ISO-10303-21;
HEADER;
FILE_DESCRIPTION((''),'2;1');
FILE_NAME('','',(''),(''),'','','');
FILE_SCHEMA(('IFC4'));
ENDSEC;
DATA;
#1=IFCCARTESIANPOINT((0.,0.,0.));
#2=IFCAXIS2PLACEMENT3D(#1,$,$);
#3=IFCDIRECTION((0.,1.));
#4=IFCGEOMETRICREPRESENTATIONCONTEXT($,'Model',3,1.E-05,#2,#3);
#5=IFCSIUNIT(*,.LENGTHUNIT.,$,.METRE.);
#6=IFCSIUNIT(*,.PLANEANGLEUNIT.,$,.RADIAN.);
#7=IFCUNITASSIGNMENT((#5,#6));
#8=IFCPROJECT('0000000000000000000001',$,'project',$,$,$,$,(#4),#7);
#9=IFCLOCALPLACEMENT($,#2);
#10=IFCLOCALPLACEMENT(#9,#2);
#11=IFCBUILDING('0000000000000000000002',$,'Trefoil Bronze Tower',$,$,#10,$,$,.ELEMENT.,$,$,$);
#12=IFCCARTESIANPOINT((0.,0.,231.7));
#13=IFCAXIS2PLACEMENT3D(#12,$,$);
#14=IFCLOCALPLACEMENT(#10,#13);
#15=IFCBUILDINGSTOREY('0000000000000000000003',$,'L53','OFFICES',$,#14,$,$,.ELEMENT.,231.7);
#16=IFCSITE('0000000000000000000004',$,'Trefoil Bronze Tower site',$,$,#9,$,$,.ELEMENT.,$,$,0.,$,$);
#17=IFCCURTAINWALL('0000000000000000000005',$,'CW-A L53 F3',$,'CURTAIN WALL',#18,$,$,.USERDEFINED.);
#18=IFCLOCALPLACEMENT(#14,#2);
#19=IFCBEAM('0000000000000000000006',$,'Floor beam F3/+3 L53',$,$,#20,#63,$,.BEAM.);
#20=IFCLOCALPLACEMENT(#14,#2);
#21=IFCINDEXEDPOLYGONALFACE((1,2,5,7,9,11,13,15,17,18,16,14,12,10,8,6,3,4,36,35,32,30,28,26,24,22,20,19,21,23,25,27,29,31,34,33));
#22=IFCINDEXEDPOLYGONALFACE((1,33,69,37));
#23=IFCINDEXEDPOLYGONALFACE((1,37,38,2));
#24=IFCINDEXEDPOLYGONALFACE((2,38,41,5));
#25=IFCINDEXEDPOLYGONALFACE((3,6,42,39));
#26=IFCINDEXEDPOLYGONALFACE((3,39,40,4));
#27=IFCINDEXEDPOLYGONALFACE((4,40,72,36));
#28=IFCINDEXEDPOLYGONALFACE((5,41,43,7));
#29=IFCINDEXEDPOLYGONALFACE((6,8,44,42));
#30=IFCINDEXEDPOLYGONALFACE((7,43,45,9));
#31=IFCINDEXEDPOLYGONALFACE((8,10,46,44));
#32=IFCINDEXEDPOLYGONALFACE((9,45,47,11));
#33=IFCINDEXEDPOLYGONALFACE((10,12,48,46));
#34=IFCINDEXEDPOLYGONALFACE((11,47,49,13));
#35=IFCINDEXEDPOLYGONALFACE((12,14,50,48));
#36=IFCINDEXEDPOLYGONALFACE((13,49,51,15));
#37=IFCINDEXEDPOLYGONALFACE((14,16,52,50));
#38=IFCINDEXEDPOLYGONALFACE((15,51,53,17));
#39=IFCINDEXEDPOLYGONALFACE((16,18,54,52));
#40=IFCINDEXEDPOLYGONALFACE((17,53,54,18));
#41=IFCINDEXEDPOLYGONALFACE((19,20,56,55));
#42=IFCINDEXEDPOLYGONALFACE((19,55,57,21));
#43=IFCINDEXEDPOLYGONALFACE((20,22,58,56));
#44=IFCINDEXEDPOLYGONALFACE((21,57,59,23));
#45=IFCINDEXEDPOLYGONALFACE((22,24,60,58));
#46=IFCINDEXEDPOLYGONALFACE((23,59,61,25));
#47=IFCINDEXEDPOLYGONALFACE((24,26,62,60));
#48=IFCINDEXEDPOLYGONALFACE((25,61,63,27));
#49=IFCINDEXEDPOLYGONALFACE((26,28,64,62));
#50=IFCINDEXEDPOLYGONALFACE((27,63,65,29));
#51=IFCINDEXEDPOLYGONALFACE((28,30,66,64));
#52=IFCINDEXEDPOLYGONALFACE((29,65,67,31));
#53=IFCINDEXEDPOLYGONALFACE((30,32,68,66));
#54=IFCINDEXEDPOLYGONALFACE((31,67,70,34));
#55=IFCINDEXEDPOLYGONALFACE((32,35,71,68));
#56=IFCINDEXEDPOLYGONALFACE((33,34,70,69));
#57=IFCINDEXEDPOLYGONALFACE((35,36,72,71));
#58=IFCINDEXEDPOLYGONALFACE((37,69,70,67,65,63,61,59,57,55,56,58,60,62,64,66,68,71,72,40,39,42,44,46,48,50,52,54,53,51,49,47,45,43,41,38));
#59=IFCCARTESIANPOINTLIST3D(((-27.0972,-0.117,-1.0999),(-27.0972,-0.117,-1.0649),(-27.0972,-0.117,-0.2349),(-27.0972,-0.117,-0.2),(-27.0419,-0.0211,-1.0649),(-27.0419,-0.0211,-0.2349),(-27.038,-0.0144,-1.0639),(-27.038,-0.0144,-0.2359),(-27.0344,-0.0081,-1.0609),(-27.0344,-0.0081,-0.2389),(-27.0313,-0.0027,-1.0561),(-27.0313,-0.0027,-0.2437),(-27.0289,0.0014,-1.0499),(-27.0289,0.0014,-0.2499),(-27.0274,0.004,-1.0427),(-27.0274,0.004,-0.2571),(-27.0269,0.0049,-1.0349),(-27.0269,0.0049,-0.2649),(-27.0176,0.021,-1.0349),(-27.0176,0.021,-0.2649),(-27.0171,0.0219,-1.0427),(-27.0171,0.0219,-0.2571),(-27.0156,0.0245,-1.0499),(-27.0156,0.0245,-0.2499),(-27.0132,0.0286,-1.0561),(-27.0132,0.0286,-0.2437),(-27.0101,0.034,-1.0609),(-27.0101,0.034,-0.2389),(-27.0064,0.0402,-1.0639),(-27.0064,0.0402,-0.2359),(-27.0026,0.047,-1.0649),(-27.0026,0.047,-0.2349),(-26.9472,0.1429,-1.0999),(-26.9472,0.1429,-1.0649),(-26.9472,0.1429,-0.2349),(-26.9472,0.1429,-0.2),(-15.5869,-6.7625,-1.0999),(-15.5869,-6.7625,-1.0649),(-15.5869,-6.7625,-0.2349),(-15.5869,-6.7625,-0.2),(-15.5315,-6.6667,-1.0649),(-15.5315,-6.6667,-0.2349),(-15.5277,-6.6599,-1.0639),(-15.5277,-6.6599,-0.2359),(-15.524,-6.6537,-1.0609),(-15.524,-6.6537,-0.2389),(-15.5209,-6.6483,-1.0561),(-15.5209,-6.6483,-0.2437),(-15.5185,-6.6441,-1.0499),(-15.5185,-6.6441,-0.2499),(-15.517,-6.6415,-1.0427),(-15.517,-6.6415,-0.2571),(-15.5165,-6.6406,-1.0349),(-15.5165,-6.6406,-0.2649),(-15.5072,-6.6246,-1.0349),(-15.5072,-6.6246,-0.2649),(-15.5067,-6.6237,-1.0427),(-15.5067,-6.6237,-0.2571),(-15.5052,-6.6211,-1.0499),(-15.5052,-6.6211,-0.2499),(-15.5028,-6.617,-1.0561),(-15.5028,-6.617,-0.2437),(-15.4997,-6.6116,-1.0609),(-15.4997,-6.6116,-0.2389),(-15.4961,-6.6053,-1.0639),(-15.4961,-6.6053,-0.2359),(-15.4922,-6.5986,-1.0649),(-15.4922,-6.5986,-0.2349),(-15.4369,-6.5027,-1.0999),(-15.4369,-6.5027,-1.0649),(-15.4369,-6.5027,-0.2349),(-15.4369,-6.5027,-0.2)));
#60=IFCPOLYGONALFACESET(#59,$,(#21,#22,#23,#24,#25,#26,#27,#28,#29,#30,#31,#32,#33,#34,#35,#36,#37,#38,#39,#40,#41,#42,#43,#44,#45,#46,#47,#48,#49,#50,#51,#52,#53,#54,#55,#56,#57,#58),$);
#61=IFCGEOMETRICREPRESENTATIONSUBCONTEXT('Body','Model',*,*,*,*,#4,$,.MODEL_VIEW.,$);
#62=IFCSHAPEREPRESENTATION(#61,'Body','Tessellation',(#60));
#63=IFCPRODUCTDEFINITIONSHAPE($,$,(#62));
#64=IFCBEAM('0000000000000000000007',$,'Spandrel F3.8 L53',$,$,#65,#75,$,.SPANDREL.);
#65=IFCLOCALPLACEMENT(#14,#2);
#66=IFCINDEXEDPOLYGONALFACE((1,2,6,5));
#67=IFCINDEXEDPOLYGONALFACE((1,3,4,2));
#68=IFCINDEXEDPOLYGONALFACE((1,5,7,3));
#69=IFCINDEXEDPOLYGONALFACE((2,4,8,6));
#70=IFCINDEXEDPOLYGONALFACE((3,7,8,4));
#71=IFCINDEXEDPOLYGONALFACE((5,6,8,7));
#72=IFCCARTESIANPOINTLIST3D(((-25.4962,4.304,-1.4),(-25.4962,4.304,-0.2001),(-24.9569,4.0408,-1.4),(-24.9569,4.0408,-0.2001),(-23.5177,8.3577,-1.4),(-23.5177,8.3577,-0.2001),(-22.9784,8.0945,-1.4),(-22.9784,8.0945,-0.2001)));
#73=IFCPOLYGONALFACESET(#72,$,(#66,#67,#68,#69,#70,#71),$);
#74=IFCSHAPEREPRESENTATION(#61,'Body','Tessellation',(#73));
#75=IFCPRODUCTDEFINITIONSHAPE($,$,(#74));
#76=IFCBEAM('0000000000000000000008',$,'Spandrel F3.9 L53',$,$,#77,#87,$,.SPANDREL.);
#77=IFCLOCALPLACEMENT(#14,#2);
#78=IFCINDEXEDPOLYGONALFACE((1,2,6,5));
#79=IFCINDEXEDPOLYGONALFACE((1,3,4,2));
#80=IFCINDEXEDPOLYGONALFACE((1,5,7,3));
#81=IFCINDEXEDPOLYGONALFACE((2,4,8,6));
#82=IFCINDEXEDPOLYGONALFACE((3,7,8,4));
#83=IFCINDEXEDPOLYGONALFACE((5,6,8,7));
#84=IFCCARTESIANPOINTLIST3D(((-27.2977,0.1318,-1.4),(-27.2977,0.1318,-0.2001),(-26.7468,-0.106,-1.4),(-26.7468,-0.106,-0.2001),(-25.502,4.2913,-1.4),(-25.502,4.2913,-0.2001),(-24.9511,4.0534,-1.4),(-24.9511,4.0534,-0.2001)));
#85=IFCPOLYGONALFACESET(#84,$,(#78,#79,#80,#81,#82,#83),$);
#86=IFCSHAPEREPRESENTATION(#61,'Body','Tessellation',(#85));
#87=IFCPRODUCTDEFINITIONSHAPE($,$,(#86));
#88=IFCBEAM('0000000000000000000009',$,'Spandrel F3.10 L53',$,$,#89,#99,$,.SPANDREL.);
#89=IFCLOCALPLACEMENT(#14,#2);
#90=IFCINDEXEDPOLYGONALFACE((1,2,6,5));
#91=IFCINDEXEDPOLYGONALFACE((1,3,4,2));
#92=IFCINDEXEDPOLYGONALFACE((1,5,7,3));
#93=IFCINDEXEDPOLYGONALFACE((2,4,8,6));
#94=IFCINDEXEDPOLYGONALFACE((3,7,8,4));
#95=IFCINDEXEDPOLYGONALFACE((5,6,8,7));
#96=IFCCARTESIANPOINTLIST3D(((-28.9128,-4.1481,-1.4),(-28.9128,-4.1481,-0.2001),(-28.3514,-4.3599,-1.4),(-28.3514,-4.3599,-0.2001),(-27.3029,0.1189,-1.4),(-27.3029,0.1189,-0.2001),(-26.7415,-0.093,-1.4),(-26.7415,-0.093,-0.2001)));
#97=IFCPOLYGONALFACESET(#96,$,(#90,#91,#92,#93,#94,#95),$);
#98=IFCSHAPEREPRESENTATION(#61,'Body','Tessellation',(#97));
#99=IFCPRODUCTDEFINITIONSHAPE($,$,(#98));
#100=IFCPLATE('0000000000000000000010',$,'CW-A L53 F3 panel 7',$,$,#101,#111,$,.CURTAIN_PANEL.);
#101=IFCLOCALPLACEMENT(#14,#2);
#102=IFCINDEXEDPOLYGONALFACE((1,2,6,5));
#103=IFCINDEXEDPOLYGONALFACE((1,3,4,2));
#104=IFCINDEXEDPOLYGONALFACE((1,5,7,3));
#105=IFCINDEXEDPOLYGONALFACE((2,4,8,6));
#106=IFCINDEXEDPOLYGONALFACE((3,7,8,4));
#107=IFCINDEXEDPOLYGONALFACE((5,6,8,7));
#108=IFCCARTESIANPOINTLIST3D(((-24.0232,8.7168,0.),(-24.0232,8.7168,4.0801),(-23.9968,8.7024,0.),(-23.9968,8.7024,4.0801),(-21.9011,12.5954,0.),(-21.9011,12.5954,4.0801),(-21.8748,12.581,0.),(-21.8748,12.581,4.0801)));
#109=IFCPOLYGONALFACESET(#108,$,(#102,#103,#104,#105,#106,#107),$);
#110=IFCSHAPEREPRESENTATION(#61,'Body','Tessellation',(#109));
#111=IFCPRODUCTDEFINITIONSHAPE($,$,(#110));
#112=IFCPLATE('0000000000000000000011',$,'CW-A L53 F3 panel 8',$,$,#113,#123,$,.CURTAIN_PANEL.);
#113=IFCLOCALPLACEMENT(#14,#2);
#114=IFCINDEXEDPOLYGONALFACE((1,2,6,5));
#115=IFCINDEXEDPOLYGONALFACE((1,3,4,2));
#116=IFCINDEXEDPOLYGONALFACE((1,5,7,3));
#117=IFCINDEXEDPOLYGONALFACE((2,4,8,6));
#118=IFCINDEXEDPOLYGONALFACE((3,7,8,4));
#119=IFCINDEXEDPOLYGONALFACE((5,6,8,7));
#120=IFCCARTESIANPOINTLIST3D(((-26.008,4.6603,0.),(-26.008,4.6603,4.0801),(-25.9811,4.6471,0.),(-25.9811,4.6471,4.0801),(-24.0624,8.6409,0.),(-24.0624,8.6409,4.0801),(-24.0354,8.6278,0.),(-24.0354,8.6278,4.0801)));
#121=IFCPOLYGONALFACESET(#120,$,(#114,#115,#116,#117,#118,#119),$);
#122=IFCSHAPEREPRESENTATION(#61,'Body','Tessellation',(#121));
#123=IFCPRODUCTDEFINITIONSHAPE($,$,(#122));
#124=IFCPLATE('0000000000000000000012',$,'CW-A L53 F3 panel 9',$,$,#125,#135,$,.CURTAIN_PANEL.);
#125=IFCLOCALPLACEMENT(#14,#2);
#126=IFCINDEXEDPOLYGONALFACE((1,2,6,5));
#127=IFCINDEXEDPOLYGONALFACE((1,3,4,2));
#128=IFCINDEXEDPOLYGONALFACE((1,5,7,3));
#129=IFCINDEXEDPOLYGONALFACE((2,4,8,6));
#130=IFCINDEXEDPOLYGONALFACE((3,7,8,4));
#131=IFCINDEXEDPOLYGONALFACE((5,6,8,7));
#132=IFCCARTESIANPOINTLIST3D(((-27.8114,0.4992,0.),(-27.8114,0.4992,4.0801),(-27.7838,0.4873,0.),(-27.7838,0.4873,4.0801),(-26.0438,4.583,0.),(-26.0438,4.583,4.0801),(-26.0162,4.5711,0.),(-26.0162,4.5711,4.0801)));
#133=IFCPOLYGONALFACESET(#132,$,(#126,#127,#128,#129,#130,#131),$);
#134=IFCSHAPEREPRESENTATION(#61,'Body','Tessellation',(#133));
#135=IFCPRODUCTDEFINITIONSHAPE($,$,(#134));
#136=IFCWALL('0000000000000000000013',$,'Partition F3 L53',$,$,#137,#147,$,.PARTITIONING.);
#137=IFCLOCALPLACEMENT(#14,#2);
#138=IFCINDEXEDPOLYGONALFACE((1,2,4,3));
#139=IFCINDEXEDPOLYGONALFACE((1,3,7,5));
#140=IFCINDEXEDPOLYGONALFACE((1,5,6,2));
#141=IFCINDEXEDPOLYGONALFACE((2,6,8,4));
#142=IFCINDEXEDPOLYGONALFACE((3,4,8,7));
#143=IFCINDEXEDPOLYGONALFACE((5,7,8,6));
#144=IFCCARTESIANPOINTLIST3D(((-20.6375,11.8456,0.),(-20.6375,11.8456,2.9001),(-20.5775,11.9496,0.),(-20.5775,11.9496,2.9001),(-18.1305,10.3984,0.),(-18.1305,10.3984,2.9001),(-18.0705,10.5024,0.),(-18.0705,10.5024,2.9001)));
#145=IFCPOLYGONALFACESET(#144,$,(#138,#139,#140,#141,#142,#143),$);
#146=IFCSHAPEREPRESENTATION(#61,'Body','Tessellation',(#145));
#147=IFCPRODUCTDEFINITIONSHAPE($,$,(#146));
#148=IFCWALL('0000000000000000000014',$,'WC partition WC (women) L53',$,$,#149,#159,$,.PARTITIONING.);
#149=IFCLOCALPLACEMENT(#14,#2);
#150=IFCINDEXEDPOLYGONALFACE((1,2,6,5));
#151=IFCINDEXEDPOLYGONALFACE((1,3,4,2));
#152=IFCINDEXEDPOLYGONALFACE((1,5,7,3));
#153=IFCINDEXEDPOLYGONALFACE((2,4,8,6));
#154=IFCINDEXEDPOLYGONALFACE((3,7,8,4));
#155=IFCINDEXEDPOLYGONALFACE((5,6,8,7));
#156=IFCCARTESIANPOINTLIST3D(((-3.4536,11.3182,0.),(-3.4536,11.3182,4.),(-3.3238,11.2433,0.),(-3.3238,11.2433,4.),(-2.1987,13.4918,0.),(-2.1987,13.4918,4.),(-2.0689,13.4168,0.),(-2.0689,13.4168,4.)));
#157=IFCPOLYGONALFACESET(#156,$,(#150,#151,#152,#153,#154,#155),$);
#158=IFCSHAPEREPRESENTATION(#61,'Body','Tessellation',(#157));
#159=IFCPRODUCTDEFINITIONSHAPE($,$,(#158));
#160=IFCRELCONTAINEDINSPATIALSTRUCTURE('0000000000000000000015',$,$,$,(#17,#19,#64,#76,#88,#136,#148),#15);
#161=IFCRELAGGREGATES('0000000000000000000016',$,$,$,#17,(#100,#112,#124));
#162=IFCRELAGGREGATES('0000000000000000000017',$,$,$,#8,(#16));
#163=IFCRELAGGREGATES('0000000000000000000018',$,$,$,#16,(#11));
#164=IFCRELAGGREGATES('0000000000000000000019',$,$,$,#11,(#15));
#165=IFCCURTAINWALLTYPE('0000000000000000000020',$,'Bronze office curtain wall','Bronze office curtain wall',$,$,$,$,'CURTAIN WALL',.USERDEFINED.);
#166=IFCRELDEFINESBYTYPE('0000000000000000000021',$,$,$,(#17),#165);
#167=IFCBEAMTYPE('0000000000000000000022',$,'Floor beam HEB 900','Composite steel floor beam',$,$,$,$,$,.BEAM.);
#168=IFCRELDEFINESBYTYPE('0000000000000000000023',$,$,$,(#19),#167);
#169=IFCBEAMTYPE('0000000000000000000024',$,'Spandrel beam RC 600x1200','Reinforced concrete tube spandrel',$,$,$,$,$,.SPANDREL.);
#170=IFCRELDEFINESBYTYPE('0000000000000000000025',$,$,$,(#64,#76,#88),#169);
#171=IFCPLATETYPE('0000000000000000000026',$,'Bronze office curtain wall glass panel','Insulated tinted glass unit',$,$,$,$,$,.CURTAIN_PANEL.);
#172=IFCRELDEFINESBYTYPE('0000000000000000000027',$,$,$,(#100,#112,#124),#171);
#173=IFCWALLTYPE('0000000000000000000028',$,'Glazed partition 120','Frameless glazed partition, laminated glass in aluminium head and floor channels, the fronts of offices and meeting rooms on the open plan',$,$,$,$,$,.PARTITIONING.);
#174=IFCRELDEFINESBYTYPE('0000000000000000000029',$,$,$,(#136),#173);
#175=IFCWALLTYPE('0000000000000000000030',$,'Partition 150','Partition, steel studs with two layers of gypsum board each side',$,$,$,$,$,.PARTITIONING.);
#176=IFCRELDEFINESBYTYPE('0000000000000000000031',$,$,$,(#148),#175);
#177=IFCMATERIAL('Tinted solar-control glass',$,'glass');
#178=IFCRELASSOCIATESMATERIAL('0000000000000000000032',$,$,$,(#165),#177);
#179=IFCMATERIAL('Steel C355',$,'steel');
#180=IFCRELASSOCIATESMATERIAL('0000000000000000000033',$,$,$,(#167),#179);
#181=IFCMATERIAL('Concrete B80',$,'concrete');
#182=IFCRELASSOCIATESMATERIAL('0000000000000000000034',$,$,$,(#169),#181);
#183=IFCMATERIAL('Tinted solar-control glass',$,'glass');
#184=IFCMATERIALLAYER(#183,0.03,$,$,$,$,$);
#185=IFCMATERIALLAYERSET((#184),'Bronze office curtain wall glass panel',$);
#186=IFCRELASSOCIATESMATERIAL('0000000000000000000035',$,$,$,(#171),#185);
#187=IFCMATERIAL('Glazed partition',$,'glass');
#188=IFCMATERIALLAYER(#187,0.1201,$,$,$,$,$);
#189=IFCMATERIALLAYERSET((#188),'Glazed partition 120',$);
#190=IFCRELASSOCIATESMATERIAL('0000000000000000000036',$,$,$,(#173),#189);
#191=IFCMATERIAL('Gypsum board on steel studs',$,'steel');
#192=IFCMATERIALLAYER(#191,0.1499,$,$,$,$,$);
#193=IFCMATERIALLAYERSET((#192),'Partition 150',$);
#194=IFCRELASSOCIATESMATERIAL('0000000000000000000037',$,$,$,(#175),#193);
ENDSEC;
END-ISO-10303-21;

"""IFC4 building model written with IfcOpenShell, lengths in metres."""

from ifc_helpers import new_model, si_unit, direction, frame, frame_2d, origin, origin_2d, place, context, subcontext, project, spatial, rectangle, i_section, extrude, material, layer, layer_set, material_profile, profile_set, type_object, element, aggregate, save


model = new_model("IFC4")

# Units and contexts
model_context = context("Model", 3, precision=1e-05, world=origin(), true_north=direction((0.0, 1.0)))
body_context = subcontext(model_context, "Body", "Model", "MODEL_VIEW")
ifc_project = project(units=[si_unit("LENGTHUNIT", "METRE"), si_unit("PLANEANGLEUNIT", "RADIAN")], contexts=[model_context])

# Site, building, storey
site_placement = place(None, origin())
site = spatial("IfcSite", under=ifc_project, at=site_placement, Name="Trefoil Bronze Tower site", CompositionType="ELEMENT", RefElevation=0.0)
building_placement = place(site_placement, origin())
building = spatial("IfcBuilding", under=site, at=building_placement, Name="Trefoil Bronze Tower", CompositionType="ELEMENT")
storey_placement = place(building_placement, frame((0.0, 0.0, 231.7)))
storey = spatial("IfcBuildingStorey", under=building, at=storey_placement, Name="L53", Description="OFFICES", CompositionType="ELEMENT", Elevation=231.7)

# Curtain wall
ifc_material_1 = material(Name="Tinted solar-control glass", Category="glass")
curtain_wall_type = type_object("IfcCurtainWallType", Name="Bronze office curtain wall", Description="Bronze office curtain wall", ElementType="CURTAIN WALL", PredefinedType="USERDEFINED", material=ifc_material_1)
curtain_wall_placement = place(storey_placement, origin())
curtain_wall = element("IfcCurtainWall", 1, at=curtain_wall_placement, inside=storey, type_object=curtain_wall_type, Name="CW-A L53 F3", ObjectType="CURTAIN WALL", PredefinedType="USERDEFINED")

# Beams
ifc_material_2 = material(Name="Steel C355", Category="steel")
ifc_material_profile_1 = material_profile(ifc_material_2, i_section(OverallWidth=0.3, OverallDepth=0.8999, WebThickness=0.0186, FlangeThickness=0.0349, FilletRadius=0.03, at=origin_2d()), Name="HEB 900")
ifc_profile_set_1 = profile_set([ifc_material_profile_1], Name="Steel C355")
beam_type_1 = type_object("IfcBeamType", Name="Floor beam HEB 900", Description="Composite steel floor beam", PredefinedType="BEAM", material=ifc_profile_set_1)
beam_1_placement = place(storey_placement, frame((-27.0222, 0.0129, -0.6499), z_axis=(0.866023, -0.500003, 0.0), x_axis=(0.500003, 0.866023, 0.0)))
element("IfcBeam", 2, at=beam_1_placement, inside=storey, type_object=beam_type_1, Name="Floor beam F3/+3 L53", PredefinedType="BEAM", context=body_context, shape_type="SweptSolid", body=[
    extrude(i_section(OverallWidth=0.3, OverallDepth=0.8999, WebThickness=0.0186, FlangeThickness=0.0349, FilletRadius=0.03, at=origin_2d()), origin(), (0.0, 0.0, 1.0), 13.291),
])
ifc_material_3 = material(Name="Concrete B80", Category="concrete")
ifc_material_profile_2 = material_profile(ifc_material_3, rectangle(XDim=0.6001, YDim=1.2, at=origin_2d()), Name="RC 600x1200")
ifc_profile_set_2 = profile_set([ifc_material_profile_2], Name="Concrete B80")
beam_type_2 = type_object("IfcBeamType", Name="Spandrel beam RC 600x1200", Description="Reinforced concrete tube spandrel", PredefinedType="SPANDREL", material=ifc_profile_set_2)
beam_2_placement = place(storey_placement, frame((-23.248, 8.2261, -0.8), z_axis=(-0.43862, -0.898673, 0.0), x_axis=(0.898673, -0.43862, 0.0)))
element("IfcBeam", 3, at=beam_2_placement, inside=storey, type_object=beam_type_2, Name="Spandrel F3.8 L53", PredefinedType="SPANDREL", context=body_context, shape_type="SweptSolid", body=[
    extrude(rectangle(XDim=0.6001, YDim=1.2, at=origin_2d()), origin(), (0.0, 0.0, 1.0), 4.5107),
])
beam_3_placement = place(storey_placement, frame((-25.2266, 4.1724, -0.8), z_axis=(-0.39635, -0.918099, 0.0), x_axis=(0.918099, -0.39635, 0.0)))
element("IfcBeam", 4, at=beam_3_placement, inside=storey, type_object=beam_type_2, Name="Spandrel F3.9 L53", PredefinedType="SPANDREL", context=body_context, shape_type="SweptSolid", body=[
    extrude(rectangle(XDim=0.6001, YDim=1.2, at=origin_2d()), origin(), (0.0, 0.0, 1.0), 4.5305),
])
beam_4_placement = place(storey_placement, frame((-27.0222, 0.0129, -0.8), z_axis=(-0.353006, -0.935621, 0.0), x_axis=(0.935621, -0.353006, 0.0)))
element("IfcBeam", 5, at=beam_4_placement, inside=storey, type_object=beam_type_2, Name="Spandrel F3.10 L53", PredefinedType="SPANDREL", context=body_context, shape_type="SweptSolid", body=[
    extrude(rectangle(XDim=0.6001, YDim=1.2, at=origin_2d()), origin(), (0.0, 0.0, 1.0), 4.5605),
])

# Plates
ifc_material_4 = material(Name="Tinted solar-control glass", Category="glass")
ifc_layer_1 = layer(ifc_material_4, 0.03)
ifc_layer_set_1 = layer_set([ifc_layer_1], Name="Bronze office curtain wall glass panel")
plate_type = type_object("IfcPlateType", Name="Bronze office curtain wall glass panel", Description="Insulated tinted glass unit", PredefinedType="CURTAIN_PANEL", material=ifc_layer_set_1)
plate_1_placement = place(storey_placement, frame((-22.949, 10.6489, 0.0), z_axis=(0.0, 0.0, 1.0), x_axis=(-0.479974, -0.877283, 0.0)))
plate_1 = element("IfcPlate", 6, at=plate_1_placement, type_object=plate_type, Name="CW-A L53 F3 panel 7", PredefinedType="CURTAIN_PANEL", context=body_context, shape_type="SweptSolid", body=[
    extrude(rectangle(XDim=4.4211, YDim=0.03, at=origin_2d()), origin(), (0.0, 0.0, 1.0), 4.0801),
])
plate_2_placement = place(storey_placement, frame((-25.0217, 6.644, 0.0), z_axis=(0.0, 0.0, 1.0), x_axis=(-0.439129, -0.898424, 0.0)))
plate_2 = element("IfcPlate", 7, at=plate_2_placement, type_object=plate_type, Name="CW-A L53 F3 panel 8", PredefinedType="CURTAIN_PANEL", context=body_context, shape_type="SweptSolid", body=[
    extrude(rectangle(XDim=4.4307, YDim=0.03, at=origin_2d()), origin(), (0.0, 0.0, 1.0), 4.0801),
])
plate_3_placement = place(storey_placement, frame((-26.9138, 2.5352, 0.0), z_axis=(0.0, 0.0, 1.0), x_axis=(-0.39722, -0.917723, 0.0)))
plate_3 = element("IfcPlate", 8, at=plate_3_placement, type_object=plate_type, Name="CW-A L53 F3 panel 9", PredefinedType="CURTAIN_PANEL", context=body_context, shape_type="SweptSolid", body=[
    extrude(rectangle(XDim=4.45, YDim=0.03, at=origin_2d()), origin(), (0.0, 0.0, 1.0), 4.0801),
])
aggregate(curtain_wall, [plate_1, plate_2, plate_3])

# Walls
ifc_material_5 = material(Name="Glazed partition", Category="glass")
ifc_layer_2 = layer(ifc_material_5, 0.1201)
ifc_layer_set_2 = layer_set([ifc_layer_2], Name="Glazed partition 120")
wall_type_1 = type_object("IfcWallType", Name="Glazed partition 120", Description="Frameless glazed partition, laminated glass in aluminium head and floor channels, the fronts of offices and meeting rooms on the open plan", PredefinedType="PARTITIONING", material=ifc_layer_set_2)
wall_1_placement = place(storey_placement, frame((-18.1006, 10.4504, 0.0), z_axis=(0.0, 0.0, 1.0), x_axis=(-0.866055, 0.499949, 0.0)))
element("IfcWall", 9, at=wall_1_placement, inside=storey, type_object=wall_type_1, Name="Partition F3 L53", PredefinedType="PARTITIONING", context=body_context, shape_type="SweptSolid", body=[
    extrude(rectangle(XDim=2.8948, YDim=0.1201, at=frame_2d((1.4473, 0.0))), origin(), (0.0, 0.0, 1.0), 2.9001),
])
ifc_material_6 = material(Name="Gypsum board on steel studs", Category="steel")
ifc_layer_3 = layer(ifc_material_6, 0.1499)
ifc_layer_set_3 = layer_set([ifc_layer_3], Name="Partition 150")
wall_type_2 = type_object("IfcWallType", Name="Partition 150", Description="Partition, steel studs with two layers of gypsum board each side", PredefinedType="PARTITIONING", material=ifc_layer_set_3)
wall_2_placement = place(storey_placement, frame((-3.3887, 11.2808, 0.0), z_axis=(0.0, 0.0, 1.0), x_axis=(0.499989, 0.866032, 0.0)))
element("IfcWall", 10, at=wall_2_placement, inside=storey, type_object=wall_type_2, Name="WC partition WC (women) L53", PredefinedType="PARTITIONING", context=body_context, shape_type="SweptSolid", body=[
    extrude(rectangle(XDim=2.5098, YDim=0.1499, at=frame_2d((1.2549, 0.0))), origin(), (0.0, 0.0, 1.0), 4.0),
])

save(model, "model.ifc")
